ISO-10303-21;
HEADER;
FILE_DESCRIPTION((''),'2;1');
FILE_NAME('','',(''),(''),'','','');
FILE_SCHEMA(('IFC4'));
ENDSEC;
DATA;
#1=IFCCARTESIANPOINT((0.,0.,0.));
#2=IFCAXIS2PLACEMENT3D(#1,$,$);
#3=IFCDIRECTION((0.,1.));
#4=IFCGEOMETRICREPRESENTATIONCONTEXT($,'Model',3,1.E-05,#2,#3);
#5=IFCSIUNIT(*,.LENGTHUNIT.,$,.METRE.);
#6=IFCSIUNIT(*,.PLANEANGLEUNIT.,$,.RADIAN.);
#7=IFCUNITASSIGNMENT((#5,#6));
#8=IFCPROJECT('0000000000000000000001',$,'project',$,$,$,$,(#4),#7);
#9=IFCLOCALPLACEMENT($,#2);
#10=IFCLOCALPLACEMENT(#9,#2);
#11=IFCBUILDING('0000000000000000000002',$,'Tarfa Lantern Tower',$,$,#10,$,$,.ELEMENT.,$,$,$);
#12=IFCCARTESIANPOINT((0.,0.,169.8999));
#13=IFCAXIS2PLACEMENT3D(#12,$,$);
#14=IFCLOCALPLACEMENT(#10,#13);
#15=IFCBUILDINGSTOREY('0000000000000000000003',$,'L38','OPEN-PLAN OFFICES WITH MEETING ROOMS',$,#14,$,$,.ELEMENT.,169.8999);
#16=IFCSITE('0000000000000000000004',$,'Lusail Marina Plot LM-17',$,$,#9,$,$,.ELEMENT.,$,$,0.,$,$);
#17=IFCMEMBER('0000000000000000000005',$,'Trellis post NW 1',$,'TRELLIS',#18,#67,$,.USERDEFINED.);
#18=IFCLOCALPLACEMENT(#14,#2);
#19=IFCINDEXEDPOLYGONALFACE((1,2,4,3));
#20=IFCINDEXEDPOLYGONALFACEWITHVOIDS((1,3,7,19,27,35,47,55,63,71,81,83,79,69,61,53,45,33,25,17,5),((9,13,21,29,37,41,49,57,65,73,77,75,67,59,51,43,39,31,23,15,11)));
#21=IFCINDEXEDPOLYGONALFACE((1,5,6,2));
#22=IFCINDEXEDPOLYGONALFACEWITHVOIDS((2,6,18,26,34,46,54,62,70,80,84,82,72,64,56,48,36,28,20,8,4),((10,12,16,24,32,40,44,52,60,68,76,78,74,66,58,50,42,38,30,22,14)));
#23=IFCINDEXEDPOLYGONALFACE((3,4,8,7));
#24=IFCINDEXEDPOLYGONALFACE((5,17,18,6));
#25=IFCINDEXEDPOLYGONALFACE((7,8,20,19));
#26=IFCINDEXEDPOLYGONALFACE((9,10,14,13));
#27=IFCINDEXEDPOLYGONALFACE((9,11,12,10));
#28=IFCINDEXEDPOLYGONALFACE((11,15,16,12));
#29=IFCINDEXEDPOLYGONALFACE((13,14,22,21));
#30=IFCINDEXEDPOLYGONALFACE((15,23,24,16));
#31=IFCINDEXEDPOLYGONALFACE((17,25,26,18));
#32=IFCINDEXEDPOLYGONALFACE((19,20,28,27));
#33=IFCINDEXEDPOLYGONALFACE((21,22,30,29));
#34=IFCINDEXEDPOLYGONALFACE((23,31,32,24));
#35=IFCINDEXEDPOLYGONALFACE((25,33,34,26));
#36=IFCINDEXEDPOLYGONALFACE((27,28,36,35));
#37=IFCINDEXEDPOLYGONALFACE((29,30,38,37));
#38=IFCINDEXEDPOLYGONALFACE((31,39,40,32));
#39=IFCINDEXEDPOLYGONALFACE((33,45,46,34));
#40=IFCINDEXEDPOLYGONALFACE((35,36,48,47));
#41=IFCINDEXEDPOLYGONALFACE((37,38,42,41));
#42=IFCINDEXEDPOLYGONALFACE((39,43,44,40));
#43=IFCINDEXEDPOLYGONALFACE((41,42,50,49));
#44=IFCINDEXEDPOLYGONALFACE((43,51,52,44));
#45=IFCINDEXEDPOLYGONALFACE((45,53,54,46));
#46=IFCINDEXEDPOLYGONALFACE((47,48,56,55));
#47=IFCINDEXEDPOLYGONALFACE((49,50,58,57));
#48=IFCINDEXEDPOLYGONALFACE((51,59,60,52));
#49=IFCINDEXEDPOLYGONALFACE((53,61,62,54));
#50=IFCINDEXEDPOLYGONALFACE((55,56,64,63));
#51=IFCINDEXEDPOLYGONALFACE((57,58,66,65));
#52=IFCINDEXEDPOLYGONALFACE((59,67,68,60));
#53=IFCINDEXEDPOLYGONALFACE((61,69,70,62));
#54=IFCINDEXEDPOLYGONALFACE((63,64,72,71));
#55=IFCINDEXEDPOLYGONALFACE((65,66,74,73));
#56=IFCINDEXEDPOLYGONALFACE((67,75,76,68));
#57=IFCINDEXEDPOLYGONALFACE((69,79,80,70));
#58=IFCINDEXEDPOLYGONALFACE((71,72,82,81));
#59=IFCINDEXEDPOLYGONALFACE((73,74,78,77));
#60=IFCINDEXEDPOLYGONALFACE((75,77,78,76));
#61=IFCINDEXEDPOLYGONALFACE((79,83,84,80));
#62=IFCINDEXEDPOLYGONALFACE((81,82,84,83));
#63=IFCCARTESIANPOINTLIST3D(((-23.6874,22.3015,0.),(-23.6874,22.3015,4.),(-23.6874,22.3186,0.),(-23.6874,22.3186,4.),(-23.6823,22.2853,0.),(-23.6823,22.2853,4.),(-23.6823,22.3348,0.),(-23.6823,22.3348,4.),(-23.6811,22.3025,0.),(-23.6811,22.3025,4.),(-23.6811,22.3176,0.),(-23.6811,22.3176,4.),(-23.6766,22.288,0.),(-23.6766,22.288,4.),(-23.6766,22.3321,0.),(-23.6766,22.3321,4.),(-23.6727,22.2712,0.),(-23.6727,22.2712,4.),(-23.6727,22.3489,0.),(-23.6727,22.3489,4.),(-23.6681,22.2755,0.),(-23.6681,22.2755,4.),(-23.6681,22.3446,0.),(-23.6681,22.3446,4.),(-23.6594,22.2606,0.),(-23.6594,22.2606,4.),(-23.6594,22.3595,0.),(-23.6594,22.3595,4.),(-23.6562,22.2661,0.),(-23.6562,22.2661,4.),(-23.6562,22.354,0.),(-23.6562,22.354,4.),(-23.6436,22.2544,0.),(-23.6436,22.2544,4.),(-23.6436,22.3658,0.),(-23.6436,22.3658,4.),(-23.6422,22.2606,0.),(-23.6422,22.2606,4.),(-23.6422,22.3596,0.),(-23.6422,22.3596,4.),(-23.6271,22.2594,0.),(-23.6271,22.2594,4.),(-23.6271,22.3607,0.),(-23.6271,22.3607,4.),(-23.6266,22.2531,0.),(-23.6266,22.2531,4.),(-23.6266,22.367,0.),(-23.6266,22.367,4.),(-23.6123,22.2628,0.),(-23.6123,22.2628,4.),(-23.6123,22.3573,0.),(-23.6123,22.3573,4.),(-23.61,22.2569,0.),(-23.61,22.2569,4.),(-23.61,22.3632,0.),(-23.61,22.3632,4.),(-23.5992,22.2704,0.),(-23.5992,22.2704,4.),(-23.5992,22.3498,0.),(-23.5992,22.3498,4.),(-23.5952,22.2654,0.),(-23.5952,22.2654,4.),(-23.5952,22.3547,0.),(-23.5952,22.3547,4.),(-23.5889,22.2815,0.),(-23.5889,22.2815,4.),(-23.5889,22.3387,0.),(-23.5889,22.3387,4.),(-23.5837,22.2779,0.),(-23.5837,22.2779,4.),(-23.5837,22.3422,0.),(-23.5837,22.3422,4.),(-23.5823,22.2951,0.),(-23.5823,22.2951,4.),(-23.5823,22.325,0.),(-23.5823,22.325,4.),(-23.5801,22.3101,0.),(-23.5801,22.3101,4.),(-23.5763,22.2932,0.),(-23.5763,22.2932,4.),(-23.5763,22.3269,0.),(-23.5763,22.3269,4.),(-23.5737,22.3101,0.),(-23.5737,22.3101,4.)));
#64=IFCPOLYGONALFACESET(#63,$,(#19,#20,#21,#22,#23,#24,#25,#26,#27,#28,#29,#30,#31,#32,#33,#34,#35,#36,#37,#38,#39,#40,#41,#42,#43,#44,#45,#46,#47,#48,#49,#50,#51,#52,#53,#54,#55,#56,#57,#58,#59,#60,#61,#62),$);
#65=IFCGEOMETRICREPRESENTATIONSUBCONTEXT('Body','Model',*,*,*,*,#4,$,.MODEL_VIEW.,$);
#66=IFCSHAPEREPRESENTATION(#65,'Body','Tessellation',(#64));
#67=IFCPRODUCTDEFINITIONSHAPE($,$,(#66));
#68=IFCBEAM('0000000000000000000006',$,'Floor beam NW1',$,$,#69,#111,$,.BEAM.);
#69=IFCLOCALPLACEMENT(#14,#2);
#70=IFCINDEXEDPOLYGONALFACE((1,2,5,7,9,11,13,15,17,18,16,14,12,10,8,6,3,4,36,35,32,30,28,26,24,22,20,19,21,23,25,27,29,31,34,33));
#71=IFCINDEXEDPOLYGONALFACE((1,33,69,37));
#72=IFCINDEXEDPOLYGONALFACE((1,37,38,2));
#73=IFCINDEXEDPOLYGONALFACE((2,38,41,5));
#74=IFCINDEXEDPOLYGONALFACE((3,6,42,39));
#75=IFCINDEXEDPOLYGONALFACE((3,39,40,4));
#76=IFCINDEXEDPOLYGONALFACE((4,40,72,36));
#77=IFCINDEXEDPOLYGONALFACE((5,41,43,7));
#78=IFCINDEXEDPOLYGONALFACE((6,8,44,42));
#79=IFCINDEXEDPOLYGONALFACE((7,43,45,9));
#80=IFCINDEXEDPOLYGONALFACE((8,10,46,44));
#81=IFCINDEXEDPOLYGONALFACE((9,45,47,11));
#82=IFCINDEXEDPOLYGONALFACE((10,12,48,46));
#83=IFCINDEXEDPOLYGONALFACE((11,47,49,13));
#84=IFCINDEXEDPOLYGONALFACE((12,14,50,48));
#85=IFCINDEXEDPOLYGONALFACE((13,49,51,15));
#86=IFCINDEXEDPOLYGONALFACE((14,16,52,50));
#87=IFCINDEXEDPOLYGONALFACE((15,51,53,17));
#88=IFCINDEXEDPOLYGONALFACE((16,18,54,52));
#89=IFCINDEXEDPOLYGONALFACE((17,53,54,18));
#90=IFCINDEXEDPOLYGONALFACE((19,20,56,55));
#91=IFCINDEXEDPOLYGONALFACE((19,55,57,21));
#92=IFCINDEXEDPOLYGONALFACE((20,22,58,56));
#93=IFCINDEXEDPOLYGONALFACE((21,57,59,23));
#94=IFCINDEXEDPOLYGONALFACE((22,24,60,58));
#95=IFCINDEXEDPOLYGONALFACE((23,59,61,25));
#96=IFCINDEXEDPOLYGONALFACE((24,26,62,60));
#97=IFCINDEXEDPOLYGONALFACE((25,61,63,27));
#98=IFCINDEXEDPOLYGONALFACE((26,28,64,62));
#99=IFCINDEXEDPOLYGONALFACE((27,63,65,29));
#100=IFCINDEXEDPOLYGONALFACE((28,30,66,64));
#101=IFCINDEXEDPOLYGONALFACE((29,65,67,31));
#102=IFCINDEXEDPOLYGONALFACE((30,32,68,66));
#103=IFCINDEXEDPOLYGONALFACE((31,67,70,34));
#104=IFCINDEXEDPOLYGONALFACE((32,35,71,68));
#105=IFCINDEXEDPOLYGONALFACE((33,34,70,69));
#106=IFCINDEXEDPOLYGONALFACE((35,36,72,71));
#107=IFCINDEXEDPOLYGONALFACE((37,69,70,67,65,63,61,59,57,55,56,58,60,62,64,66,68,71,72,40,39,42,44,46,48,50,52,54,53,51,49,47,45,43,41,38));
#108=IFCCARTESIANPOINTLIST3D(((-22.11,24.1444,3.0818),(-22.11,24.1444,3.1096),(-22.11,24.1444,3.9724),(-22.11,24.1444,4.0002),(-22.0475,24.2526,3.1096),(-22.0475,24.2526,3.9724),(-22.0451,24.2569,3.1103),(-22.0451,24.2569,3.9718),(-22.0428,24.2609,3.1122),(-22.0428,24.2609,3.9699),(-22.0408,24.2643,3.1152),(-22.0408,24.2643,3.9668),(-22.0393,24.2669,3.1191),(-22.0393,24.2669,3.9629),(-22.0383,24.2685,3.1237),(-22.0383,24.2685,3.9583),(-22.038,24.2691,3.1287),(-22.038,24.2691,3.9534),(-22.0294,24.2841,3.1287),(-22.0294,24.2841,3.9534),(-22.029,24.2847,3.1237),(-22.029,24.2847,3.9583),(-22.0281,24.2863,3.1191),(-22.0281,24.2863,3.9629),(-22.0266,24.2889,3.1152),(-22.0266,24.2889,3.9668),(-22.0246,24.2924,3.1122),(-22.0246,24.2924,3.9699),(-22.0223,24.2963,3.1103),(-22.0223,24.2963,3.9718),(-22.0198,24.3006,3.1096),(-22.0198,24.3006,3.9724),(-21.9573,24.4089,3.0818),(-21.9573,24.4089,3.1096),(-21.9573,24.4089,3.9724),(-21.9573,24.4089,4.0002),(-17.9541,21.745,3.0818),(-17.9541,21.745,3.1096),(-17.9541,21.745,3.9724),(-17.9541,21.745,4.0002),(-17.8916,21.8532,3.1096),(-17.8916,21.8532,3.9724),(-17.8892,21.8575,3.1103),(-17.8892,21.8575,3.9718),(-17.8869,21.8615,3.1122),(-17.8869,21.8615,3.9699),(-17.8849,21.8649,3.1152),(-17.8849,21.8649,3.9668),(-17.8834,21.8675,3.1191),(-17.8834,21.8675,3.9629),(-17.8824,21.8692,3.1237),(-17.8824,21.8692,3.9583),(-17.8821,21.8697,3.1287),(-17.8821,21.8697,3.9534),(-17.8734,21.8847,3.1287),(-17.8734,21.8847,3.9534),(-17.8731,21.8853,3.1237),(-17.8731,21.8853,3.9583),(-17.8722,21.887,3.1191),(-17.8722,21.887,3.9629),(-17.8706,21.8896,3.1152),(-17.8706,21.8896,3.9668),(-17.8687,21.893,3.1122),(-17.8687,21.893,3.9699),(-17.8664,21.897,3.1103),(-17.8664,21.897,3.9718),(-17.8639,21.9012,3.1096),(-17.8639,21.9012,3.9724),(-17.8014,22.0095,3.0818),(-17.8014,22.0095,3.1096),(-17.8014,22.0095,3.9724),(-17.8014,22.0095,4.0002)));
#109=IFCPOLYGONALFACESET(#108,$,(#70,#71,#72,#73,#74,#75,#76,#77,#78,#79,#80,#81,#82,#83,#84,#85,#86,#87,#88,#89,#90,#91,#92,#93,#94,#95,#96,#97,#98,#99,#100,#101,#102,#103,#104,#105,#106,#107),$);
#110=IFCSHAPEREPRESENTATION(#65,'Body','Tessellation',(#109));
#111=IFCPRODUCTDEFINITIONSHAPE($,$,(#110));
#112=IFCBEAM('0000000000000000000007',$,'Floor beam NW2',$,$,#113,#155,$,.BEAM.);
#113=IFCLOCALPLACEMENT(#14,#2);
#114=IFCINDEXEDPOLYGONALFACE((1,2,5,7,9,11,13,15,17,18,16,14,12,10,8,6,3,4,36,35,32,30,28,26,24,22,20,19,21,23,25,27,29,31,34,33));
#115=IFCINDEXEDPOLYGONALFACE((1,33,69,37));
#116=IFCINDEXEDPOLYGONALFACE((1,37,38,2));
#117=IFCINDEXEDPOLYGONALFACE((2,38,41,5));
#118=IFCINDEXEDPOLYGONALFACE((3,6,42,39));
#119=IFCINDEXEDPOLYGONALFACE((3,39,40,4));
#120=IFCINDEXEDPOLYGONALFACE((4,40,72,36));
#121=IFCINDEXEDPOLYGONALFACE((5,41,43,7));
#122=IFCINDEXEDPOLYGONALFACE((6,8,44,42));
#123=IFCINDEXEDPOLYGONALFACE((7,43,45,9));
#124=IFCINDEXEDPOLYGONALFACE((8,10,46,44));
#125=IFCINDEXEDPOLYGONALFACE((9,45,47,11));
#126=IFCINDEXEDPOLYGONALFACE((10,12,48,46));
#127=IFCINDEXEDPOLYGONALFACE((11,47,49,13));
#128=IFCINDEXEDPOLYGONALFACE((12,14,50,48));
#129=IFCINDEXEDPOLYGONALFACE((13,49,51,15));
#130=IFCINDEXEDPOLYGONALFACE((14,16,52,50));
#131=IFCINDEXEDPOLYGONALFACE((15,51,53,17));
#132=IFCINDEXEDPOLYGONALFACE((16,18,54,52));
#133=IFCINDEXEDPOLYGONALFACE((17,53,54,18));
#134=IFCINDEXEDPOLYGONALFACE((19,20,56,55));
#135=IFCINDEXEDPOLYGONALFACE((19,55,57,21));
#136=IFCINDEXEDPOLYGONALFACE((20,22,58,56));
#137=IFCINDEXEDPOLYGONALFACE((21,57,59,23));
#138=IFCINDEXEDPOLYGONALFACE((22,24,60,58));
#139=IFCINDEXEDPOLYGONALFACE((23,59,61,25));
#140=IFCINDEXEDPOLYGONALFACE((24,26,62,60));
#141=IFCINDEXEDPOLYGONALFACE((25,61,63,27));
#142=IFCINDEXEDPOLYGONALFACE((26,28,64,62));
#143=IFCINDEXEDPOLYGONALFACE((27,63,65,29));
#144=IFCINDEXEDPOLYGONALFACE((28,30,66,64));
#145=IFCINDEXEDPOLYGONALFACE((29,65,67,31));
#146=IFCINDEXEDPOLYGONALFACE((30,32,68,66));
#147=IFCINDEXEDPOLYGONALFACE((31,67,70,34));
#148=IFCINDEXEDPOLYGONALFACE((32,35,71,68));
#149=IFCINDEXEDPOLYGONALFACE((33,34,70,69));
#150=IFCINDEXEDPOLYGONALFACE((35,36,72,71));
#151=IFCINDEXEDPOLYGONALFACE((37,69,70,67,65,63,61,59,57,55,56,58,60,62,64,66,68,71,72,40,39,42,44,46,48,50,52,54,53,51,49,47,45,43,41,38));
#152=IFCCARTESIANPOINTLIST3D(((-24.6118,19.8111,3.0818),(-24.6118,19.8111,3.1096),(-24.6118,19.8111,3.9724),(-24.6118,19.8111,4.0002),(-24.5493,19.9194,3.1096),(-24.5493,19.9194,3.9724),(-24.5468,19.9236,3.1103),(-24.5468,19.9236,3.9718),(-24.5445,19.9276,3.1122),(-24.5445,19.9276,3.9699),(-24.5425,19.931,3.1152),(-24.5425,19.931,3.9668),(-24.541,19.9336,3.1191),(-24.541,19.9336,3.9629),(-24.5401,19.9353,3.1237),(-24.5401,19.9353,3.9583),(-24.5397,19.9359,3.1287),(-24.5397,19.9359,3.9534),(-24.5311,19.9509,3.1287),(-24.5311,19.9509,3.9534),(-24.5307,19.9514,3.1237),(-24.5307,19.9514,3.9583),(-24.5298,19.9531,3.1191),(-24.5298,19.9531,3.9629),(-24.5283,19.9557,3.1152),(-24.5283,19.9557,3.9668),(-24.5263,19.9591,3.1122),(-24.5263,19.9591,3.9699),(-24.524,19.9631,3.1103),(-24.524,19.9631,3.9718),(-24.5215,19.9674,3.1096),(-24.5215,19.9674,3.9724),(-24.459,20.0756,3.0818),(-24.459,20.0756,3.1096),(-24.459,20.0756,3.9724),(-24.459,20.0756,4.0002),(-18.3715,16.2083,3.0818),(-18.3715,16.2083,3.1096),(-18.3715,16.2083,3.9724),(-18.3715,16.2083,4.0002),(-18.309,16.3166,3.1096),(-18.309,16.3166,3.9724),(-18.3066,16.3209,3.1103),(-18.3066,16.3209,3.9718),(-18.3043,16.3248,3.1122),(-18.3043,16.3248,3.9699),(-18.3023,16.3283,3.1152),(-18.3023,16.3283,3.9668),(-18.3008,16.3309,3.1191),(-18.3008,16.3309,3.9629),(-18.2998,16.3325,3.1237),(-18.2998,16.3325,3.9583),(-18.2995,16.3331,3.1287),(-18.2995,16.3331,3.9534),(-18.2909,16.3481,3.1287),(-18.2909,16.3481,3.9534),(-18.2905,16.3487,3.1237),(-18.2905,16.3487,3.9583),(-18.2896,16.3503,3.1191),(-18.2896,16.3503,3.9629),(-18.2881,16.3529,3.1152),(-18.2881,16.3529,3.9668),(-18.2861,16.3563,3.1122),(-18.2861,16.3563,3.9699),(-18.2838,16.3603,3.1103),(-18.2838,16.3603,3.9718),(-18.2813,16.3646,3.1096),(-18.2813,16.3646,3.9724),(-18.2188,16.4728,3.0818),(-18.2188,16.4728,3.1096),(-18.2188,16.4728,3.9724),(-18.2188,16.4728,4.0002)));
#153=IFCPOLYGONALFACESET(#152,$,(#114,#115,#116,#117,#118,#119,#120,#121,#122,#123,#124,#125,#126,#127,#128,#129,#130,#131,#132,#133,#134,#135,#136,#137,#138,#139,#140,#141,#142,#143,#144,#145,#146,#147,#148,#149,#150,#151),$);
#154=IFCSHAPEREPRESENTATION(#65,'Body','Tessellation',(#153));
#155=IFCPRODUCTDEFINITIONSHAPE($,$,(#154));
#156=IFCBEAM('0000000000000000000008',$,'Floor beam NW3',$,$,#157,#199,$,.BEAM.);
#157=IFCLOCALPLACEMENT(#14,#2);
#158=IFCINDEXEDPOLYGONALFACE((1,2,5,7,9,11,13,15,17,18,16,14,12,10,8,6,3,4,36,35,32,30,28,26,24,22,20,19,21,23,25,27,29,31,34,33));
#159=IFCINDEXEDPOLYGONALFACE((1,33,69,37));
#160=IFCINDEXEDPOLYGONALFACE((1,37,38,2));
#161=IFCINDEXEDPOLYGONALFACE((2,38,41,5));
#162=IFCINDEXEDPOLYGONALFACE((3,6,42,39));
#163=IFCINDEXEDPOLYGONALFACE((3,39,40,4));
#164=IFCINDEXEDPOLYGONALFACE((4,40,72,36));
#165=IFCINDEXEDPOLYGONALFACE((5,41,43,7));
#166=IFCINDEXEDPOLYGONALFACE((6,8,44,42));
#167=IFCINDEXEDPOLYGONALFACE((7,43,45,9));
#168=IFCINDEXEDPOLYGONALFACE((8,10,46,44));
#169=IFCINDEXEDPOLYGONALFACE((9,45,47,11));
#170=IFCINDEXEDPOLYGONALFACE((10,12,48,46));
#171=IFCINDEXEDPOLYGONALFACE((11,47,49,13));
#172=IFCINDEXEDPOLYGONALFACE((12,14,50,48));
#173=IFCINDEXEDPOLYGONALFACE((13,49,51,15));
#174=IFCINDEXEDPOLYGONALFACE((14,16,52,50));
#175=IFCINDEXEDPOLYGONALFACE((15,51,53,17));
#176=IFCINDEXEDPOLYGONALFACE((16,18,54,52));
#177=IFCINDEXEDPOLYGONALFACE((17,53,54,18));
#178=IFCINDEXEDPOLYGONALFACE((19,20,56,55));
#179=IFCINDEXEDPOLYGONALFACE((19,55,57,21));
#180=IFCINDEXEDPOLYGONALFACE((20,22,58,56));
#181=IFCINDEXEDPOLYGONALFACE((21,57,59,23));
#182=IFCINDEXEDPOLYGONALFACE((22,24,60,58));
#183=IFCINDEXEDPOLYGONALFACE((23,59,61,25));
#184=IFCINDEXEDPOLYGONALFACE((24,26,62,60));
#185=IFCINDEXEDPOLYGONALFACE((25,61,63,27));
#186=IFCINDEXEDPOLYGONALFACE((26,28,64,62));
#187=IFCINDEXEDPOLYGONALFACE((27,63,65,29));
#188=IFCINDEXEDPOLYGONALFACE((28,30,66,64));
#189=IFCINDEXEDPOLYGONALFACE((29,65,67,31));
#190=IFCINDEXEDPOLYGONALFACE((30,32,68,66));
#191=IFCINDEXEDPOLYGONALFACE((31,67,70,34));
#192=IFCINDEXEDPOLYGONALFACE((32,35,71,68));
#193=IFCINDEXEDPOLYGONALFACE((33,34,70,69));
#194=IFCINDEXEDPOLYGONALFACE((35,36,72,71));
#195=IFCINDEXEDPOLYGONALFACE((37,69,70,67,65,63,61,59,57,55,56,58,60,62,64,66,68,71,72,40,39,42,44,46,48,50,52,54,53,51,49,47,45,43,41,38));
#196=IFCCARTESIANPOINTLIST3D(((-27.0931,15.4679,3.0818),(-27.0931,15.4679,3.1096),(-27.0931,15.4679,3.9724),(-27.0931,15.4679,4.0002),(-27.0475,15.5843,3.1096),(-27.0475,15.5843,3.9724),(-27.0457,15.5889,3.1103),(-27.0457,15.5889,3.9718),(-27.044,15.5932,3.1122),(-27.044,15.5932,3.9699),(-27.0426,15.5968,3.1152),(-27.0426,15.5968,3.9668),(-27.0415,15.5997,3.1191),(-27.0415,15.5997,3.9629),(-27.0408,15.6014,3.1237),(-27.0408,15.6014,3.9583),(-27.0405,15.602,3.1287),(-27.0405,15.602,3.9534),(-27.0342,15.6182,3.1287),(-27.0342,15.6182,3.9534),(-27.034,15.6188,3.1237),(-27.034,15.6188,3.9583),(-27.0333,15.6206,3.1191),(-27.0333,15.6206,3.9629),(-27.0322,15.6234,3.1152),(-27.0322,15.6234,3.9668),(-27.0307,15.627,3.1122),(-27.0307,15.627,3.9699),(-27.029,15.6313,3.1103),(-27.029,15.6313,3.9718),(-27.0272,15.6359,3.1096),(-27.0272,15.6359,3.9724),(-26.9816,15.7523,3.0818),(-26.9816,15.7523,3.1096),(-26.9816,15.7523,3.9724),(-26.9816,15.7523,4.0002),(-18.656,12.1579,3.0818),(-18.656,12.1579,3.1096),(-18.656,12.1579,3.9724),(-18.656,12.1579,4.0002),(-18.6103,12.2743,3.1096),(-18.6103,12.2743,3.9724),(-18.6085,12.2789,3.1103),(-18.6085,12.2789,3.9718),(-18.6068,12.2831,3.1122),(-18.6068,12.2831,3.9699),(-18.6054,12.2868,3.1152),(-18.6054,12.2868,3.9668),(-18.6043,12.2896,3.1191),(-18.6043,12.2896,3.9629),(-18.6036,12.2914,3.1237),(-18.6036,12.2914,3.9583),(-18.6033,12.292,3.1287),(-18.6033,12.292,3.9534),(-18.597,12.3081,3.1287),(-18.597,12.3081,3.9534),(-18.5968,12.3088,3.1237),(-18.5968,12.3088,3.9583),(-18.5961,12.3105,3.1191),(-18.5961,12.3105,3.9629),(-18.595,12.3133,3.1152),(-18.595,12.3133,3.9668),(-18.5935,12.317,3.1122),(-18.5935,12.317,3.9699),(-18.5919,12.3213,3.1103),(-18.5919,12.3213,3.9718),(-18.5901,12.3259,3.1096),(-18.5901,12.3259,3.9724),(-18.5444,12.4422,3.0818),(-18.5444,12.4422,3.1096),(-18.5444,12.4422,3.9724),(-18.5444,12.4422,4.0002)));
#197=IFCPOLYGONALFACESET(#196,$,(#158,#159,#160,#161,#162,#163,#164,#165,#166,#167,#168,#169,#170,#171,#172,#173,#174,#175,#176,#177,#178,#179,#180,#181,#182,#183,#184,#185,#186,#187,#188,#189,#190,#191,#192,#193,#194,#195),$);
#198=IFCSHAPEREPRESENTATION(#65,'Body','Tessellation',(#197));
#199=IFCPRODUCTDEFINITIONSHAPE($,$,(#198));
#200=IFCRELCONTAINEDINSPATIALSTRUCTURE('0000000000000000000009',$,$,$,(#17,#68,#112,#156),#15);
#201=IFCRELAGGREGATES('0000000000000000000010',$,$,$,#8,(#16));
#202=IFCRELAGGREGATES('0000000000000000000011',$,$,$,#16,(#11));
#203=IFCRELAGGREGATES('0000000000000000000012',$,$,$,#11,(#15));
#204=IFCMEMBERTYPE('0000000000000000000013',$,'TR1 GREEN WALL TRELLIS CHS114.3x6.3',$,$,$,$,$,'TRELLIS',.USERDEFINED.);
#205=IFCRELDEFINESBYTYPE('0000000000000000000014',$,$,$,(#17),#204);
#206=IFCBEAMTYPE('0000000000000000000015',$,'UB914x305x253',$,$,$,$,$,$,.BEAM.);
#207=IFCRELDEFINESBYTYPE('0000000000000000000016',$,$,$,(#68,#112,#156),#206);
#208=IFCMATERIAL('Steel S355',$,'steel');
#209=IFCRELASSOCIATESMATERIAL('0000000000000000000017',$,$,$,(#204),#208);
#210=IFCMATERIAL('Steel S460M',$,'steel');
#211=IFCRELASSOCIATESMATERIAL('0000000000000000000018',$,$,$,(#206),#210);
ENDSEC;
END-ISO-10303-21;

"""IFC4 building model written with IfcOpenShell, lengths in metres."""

from ifc_helpers import new_model, si_unit, direction, frame, origin, origin_2d, place, context, subcontext, project, spatial, hollow_circle, i_section, extrude, material, material_profile, profile_set, type_object, element, save


model = new_model("IFC4")

# Units and contexts
model_context = context("Model", 3, precision=1e-05, world=origin(), true_north=direction((0.0, 1.0)))
body_context = subcontext(model_context, "Body", "Model", "MODEL_VIEW")
ifc_project = project(units=[si_unit("LENGTHUNIT", "METRE"), si_unit("PLANEANGLEUNIT", "RADIAN")], contexts=[model_context])

# Site, building, storey
site_placement = place(None, origin())
site = spatial("IfcSite", under=ifc_project, at=site_placement, Name="Lusail Marina Plot LM-17", CompositionType="ELEMENT", RefElevation=0.0)
building_placement = place(site_placement, origin())
building = spatial("IfcBuilding", under=site, at=building_placement, Name="Tarfa Lantern Tower", CompositionType="ELEMENT")
storey_placement = place(building_placement, frame((0.0, 0.0, 169.8999)))
storey = spatial("IfcBuildingStorey", under=building, at=storey_placement, Name="L38", Description="OPEN-PLAN OFFICES WITH MEETING ROOMS", CompositionType="ELEMENT", Elevation=169.8999)

# Member
ifc_material_1 = material(Name="Steel S355", Category="steel")
ifc_material_profile_1 = material_profile(ifc_material_1, hollow_circle(Radius=0.0571, WallThickness=0.0063, at=origin_2d()), Name="CHS114.3x6.3")
ifc_profile_set_1 = profile_set([ifc_material_profile_1], Name="Steel S355")
member_type_1 = type_object("IfcMemberType", Name="TR1 GREEN WALL TRELLIS CHS114.3x6.3", ElementType="TRELLIS", PredefinedType="USERDEFINED", material=ifc_profile_set_1)
member_1_placement = place(storey_placement, frame((-23.6309, 22.3101, 0.0), z_axis=(0.0, 0.0, 1.0), x_axis=(1.0, 0.0, 0.0)))
element("IfcMember", 1, at=member_1_placement, inside=storey, type_object=member_type_1, Name="Trellis post NW 1", ObjectType="TRELLIS", PredefinedType="USERDEFINED", context=body_context, shape_type="SweptSolid", body=[
    extrude(hollow_circle(Radius=0.0571, WallThickness=0.0063, at=origin_2d()), origin(), (0.0, 0.0, 1.0), 4.0),
])

# Beams
ifc_material_2 = material(Name="Steel S460M", Category="steel")
ifc_material_profile_2 = material_profile(ifc_material_2, i_section(OverallWidth=0.3054, OverallDepth=0.9185, WebThickness=0.0173, FlangeThickness=0.0278, FilletRadius=0.019, at=origin_2d()), Name="UB914x305x253")
ifc_profile_set_2 = profile_set([ifc_material_profile_2], Name="Steel S460M")
beam_type_1 = type_object("IfcBeamType", Name="UB914x305x253", PredefinedType="BEAM", material=ifc_profile_set_2)
beam_1_placement = place(storey_placement, frame((-22.0337, 24.2766, 3.541), z_axis=(0.866031, -0.499991, 0.0), x_axis=(0.499991, 0.866031, 0.0)))
element("IfcBeam", 2, at=beam_1_placement, inside=storey, type_object=beam_type_1, Name="Floor beam NW1", PredefinedType="BEAM", context=body_context, shape_type="SweptSolid", body=[
    extrude(i_section(OverallWidth=0.3054, OverallDepth=0.9185, WebThickness=0.0173, FlangeThickness=0.0278, FilletRadius=0.019, at=origin_2d()), origin(), (0.0, 0.0, 1.0), 4.7988),
])
beam_2_placement = place(storey_placement, frame((-24.5354, 19.9434, 3.541), z_axis=(0.866026, -0.499998, 0.0), x_axis=(0.499998, 0.866026, 0.0)))
element("IfcBeam", 3, at=beam_2_placement, inside=storey, type_object=beam_type_1, Name="Floor beam NW2", PredefinedType="BEAM", context=body_context, shape_type="SweptSolid", body=[
    extrude(i_section(OverallWidth=0.3054, OverallDepth=0.9185, WebThickness=0.0173, FlangeThickness=0.0278, FilletRadius=0.019, at=origin_2d()), origin(), (0.0, 0.0, 1.0), 7.2056),
])
beam_3_placement = place(storey_placement, frame((-27.0374, 15.6101, 3.541), z_axis=(0.930923, -0.365215, 0.0), x_axis=(0.365215, 0.930923, 0.0)))
element("IfcBeam", 4, at=beam_3_placement, inside=storey, type_object=beam_type_1, Name="Floor beam NW3", PredefinedType="BEAM", context=body_context, shape_type="SweptSolid", body=[
    extrude(i_section(OverallWidth=0.3054, OverallDepth=0.9185, WebThickness=0.0173, FlangeThickness=0.0278, FilletRadius=0.019, at=origin_2d()), origin(), (0.0, 0.0, 1.0), 9.0632),
])

save(model, "model.ifc")
